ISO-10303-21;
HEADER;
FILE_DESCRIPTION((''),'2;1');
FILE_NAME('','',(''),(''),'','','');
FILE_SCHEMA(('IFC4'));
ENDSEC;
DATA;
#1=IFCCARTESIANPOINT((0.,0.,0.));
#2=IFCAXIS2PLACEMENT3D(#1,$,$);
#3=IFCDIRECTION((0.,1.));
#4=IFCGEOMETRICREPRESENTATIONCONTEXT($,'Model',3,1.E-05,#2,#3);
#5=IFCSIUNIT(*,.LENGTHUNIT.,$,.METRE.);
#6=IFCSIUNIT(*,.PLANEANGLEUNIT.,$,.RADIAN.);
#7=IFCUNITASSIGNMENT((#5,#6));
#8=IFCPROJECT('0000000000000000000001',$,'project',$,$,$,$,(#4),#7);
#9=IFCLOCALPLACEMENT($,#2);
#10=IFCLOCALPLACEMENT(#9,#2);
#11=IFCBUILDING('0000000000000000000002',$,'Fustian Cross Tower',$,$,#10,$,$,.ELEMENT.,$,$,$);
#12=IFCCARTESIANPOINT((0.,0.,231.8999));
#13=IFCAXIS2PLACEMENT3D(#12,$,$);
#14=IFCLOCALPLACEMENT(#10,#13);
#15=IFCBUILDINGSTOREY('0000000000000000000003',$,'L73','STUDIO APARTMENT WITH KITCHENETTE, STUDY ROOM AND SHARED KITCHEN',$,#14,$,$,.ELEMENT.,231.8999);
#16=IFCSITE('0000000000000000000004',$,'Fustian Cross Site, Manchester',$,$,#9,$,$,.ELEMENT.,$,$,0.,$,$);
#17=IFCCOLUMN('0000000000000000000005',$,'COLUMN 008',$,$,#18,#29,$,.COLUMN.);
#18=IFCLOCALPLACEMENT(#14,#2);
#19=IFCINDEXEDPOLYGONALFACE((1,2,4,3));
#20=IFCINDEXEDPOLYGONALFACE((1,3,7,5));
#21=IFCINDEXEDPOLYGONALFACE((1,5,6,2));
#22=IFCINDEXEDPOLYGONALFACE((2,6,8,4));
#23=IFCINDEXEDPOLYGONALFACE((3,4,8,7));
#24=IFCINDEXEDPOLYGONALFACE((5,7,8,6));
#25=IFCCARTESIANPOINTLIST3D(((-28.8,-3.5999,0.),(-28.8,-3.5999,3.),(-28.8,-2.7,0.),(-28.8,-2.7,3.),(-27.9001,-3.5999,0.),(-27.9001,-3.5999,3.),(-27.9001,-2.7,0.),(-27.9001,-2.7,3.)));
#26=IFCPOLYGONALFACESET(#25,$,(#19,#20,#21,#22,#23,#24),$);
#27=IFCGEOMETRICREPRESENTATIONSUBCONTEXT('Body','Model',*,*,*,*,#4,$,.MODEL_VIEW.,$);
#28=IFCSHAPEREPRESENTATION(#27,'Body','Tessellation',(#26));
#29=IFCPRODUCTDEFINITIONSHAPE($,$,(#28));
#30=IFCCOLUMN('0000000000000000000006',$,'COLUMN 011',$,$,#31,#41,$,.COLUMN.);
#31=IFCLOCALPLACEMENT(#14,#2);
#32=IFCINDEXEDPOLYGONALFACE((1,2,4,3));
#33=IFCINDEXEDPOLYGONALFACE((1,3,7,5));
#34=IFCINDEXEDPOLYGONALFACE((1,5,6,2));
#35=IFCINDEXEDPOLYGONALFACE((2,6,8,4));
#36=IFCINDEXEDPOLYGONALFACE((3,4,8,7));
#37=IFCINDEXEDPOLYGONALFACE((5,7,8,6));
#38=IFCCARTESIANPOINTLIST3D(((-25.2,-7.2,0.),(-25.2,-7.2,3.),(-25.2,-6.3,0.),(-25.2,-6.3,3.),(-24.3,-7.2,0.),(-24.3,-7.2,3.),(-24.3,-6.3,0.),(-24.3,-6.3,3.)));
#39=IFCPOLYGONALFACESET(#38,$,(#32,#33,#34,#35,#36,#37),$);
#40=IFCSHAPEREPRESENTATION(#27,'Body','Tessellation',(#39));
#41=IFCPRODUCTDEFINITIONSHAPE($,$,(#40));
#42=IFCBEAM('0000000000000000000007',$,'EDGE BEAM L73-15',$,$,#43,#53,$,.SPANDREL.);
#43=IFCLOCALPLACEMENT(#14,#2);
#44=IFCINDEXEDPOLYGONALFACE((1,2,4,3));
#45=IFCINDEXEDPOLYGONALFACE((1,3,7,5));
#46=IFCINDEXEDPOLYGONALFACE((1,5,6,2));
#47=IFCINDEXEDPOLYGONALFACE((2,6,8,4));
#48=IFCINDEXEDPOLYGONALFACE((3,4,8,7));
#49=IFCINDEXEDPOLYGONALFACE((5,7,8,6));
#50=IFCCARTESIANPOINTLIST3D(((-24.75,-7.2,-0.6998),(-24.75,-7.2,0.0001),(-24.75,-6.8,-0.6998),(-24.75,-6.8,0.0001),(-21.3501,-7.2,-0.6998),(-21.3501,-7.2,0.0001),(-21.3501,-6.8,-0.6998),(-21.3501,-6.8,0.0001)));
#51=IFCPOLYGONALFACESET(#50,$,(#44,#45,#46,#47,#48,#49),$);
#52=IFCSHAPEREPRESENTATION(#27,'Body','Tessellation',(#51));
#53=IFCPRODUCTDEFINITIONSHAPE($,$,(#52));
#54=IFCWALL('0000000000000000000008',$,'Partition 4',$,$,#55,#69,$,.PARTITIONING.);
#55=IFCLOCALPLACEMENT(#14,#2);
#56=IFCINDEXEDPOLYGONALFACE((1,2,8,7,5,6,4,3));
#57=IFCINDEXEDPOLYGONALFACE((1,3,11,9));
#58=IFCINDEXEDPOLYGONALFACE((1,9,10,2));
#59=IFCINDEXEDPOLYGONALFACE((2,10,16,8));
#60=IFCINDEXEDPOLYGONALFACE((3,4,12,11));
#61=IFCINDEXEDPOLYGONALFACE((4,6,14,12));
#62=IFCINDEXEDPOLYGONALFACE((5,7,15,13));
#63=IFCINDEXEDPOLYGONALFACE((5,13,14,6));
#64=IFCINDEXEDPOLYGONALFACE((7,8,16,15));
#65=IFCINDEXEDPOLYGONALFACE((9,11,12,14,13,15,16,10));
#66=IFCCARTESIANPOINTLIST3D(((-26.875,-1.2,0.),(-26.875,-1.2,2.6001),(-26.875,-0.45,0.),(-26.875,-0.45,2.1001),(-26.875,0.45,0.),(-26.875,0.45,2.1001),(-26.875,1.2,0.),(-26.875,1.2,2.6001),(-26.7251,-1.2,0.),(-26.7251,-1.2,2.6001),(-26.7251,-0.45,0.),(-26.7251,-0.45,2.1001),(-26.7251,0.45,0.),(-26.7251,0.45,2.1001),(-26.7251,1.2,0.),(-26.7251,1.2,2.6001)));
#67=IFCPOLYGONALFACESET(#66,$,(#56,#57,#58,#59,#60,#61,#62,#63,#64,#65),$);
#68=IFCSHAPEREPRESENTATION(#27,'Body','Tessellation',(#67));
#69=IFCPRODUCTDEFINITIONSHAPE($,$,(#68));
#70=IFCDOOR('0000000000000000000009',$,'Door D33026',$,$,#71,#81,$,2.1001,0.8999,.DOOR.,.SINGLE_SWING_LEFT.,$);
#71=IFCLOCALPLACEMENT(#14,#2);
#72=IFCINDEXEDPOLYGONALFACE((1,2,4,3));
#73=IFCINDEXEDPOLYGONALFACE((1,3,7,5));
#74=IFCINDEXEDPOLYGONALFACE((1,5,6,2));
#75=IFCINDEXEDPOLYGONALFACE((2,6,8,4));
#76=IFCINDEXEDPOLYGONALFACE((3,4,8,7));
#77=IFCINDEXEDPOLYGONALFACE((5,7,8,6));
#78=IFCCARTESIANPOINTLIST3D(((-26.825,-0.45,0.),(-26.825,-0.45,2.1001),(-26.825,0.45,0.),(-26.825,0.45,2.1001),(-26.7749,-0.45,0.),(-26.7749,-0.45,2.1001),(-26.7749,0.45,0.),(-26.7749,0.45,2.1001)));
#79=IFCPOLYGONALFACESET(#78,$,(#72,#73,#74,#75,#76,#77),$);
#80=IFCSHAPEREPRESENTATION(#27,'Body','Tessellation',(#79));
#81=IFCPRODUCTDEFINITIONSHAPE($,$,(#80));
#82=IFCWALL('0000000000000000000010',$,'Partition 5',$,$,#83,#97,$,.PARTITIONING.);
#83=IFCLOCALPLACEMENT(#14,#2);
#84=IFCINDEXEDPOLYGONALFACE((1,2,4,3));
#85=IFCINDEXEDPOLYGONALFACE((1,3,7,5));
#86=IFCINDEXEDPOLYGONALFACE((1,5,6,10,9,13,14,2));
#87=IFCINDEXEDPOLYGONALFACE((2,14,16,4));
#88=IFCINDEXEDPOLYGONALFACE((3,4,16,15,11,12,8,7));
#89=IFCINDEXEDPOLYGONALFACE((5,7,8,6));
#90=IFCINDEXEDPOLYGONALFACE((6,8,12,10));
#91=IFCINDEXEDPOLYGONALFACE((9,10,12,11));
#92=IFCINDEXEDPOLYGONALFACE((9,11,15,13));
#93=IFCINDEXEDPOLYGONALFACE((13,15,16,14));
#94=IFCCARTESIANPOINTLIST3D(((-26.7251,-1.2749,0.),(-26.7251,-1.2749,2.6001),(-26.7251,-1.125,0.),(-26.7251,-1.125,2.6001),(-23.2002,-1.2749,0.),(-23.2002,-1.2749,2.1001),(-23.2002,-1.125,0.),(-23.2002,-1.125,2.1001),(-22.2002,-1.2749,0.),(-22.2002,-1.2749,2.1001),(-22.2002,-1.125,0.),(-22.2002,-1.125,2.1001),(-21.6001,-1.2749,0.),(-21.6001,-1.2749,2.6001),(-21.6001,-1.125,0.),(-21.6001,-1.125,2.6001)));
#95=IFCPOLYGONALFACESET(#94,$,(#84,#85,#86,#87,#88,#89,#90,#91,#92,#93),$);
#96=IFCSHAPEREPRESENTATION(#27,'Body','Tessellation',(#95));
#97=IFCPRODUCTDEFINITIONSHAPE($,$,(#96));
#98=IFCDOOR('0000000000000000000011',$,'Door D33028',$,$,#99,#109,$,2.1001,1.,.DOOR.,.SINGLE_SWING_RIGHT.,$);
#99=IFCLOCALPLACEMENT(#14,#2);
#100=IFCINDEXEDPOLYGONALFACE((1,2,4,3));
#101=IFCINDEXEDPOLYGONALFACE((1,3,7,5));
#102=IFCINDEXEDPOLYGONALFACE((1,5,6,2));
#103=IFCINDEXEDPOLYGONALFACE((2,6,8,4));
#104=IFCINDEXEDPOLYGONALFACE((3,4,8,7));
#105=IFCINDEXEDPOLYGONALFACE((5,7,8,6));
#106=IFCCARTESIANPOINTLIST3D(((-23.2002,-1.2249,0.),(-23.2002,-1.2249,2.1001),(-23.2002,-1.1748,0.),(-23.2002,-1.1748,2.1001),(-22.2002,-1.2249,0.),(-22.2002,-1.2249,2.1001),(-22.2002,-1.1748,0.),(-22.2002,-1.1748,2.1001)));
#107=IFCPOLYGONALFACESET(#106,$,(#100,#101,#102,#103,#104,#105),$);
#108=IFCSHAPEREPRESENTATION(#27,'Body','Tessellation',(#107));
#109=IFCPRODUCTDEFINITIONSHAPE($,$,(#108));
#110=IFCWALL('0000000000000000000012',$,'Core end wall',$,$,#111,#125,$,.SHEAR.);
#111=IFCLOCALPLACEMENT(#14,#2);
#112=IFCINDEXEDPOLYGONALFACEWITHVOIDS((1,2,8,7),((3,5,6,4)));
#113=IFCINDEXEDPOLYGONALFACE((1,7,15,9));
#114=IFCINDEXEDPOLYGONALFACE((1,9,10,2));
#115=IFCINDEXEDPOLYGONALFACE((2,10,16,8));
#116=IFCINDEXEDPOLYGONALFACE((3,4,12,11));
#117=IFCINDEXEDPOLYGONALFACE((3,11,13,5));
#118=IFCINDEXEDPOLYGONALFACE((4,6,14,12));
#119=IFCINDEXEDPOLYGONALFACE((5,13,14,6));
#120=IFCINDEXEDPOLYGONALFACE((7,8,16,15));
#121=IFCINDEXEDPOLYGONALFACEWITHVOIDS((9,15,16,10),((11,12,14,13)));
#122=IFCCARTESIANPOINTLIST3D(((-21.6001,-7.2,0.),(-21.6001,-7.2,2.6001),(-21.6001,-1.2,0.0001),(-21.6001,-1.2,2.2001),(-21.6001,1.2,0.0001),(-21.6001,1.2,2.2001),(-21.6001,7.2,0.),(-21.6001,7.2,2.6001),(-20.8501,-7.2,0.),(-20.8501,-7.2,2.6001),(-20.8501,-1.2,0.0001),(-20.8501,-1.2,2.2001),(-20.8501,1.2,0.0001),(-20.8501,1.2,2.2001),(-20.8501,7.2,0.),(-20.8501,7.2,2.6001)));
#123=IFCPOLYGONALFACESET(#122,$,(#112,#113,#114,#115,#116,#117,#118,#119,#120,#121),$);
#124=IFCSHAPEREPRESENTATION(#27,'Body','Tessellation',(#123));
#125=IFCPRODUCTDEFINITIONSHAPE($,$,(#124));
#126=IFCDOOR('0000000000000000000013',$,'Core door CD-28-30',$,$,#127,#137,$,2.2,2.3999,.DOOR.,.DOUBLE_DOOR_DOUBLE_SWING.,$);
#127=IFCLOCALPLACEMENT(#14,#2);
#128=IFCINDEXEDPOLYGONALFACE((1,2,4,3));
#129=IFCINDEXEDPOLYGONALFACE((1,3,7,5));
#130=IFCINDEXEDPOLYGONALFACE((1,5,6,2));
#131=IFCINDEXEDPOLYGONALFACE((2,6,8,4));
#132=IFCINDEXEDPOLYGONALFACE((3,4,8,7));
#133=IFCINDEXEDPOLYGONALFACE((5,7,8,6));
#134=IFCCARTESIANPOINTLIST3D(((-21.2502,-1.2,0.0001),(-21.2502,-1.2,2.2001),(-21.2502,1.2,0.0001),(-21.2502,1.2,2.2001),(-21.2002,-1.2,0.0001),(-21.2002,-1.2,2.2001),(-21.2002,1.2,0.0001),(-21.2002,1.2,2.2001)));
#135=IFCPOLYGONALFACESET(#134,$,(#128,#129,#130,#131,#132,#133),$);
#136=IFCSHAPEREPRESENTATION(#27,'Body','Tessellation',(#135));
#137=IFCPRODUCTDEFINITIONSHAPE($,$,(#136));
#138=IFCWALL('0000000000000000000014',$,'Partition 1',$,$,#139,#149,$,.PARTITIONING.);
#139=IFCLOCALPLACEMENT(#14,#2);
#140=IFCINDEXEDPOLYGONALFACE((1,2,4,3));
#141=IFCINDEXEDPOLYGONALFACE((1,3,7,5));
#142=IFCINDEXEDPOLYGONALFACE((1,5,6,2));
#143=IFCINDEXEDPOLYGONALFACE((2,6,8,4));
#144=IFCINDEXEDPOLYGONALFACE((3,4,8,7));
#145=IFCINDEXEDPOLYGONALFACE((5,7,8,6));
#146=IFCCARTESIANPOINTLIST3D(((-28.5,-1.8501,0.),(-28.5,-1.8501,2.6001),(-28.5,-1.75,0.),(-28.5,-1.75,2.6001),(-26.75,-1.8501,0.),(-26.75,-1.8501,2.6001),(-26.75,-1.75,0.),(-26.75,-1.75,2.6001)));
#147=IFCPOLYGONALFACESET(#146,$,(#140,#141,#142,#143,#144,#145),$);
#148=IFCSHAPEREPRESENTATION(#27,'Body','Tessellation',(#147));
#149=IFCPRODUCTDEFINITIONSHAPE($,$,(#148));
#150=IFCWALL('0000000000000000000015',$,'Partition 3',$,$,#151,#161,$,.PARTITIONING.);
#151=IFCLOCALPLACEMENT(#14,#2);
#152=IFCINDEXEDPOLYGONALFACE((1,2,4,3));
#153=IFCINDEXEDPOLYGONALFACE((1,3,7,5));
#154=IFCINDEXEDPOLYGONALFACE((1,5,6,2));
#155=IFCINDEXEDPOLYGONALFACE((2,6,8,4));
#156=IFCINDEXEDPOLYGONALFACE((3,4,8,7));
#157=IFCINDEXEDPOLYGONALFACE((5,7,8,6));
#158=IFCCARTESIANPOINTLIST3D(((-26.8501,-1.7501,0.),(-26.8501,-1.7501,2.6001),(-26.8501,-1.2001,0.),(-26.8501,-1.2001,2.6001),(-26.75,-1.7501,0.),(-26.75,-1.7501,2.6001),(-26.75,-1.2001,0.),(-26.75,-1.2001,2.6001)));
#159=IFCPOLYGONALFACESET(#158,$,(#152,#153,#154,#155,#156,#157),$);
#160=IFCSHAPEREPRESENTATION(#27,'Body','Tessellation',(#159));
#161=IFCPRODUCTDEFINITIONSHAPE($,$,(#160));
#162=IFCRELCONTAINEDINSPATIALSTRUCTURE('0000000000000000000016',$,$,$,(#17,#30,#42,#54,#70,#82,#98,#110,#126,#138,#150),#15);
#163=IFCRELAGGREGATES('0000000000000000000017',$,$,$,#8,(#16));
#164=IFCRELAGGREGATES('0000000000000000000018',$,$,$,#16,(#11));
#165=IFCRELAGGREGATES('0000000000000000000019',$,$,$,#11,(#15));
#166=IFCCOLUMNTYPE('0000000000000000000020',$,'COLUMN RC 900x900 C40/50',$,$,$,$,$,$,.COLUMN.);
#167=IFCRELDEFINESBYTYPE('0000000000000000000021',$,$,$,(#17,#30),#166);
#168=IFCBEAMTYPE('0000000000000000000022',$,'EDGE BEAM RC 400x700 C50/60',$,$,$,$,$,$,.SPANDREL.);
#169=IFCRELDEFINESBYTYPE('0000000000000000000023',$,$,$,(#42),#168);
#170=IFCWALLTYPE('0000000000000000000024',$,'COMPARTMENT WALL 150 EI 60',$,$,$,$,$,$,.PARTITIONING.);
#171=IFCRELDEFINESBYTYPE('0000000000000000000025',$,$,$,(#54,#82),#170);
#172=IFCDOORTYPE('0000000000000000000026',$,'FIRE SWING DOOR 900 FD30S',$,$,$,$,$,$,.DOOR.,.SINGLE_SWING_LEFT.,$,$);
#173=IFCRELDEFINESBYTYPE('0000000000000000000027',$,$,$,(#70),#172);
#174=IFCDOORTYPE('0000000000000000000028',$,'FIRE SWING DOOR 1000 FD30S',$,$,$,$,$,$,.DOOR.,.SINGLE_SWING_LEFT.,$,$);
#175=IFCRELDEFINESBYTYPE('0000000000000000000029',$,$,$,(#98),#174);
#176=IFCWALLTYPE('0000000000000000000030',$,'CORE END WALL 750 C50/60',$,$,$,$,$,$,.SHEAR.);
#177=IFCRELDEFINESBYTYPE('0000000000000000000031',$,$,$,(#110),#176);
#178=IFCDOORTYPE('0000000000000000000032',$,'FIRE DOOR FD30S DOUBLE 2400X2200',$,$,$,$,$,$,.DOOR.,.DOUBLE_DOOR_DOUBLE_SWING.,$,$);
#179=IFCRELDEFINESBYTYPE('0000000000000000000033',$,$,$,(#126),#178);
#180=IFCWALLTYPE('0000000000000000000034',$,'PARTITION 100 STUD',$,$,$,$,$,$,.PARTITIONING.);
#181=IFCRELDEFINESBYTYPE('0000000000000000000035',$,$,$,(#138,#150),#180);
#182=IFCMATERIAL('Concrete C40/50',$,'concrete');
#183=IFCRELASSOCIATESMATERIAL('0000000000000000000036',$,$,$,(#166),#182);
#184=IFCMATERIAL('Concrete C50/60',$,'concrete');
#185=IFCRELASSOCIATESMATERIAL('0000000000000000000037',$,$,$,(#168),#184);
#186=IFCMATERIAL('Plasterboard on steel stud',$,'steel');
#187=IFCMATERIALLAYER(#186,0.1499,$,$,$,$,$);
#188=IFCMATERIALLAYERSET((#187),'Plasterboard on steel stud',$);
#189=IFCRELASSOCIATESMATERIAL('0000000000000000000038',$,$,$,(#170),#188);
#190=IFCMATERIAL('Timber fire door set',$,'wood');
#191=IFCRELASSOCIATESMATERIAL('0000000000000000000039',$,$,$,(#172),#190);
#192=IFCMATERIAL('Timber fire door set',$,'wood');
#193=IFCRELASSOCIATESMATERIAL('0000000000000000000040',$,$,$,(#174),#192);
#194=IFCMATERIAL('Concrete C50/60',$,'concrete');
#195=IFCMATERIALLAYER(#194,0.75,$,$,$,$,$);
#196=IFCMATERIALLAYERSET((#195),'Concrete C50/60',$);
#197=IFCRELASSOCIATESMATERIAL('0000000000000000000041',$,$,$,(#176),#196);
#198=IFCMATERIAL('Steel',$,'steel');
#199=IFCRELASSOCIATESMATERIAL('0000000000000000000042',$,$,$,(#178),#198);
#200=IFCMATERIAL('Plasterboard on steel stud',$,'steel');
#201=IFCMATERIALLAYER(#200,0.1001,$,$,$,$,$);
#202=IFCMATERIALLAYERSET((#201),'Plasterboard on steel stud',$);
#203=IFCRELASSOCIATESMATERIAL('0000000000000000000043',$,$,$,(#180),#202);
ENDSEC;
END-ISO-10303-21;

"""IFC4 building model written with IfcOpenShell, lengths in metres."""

from ifc_helpers import new_model, si_unit, direction, frame, frame_2d, origin, origin_2d, place, context, subcontext, project, spatial, rectangle, extrude, material, layer, layer_set, material_profile, profile_set, type_object, element, fill, save


model = new_model("IFC4")

# Units and contexts
model_context = context("Model", 3, precision=1e-05, world=origin(), true_north=direction((0.0, 1.0)))
body_context = subcontext(model_context, "Body", "Model", "MODEL_VIEW")
ifc_project = project(units=[si_unit("LENGTHUNIT", "METRE"), si_unit("PLANEANGLEUNIT", "RADIAN")], contexts=[model_context])

# Site, building, storey
site_placement = place(None, origin())
site = spatial("IfcSite", under=ifc_project, at=site_placement, Name="Fustian Cross Site, Manchester", CompositionType="ELEMENT", RefElevation=0.0)
building_placement = place(site_placement, origin())
building = spatial("IfcBuilding", under=site, at=building_placement, Name="Fustian Cross Tower", CompositionType="ELEMENT")
storey_placement = place(building_placement, frame((0.0, 0.0, 231.8999)))
storey = spatial("IfcBuildingStorey", under=building, at=storey_placement, Name="L73", Description="STUDIO APARTMENT WITH KITCHENETTE, STUDY ROOM AND SHARED KITCHEN", CompositionType="ELEMENT", Elevation=231.8999)

# Columns
ifc_material_1 = material(Name="Concrete C40/50", Category="concrete")
ifc_material_profile_1 = material_profile(ifc_material_1, rectangle(XDim=0.8999, YDim=0.8999, at=origin_2d()), Name="RC 900x900")
ifc_profile_set_1 = profile_set([ifc_material_profile_1], Name="Concrete C40/50")
column_type = type_object("IfcColumnType", Name="COLUMN RC 900x900 C40/50", PredefinedType="COLUMN", material=ifc_profile_set_1)
for number, where, z_axis, x_axis, name in (
    (1, (-28.3501, -3.1499, 0.0), (0.0, 0.0, 1.0), (1.0, 0.0, 0.0), "COLUMN 008"),
    (2, (-24.75, -6.75, 0.0), (0.0, 0.0, 1.0), (1.0, 0.0, 0.0), "COLUMN 011"),
):
    element("IfcColumn", number, at=place(storey_placement, frame(where, z_axis=z_axis, x_axis=x_axis)), inside=storey, type_object=column_type, Name=name, PredefinedType="COLUMN", context=body_context, shape_type="SweptSolid", body=[
        extrude(rectangle(XDim=0.8999, YDim=0.8999, at=origin_2d()), origin(), (0.0, 0.0, 1.0), 3.0),
    ])

# Beam
ifc_material_2 = material(Name="Concrete C50/60", Category="concrete")
ifc_material_profile_2 = material_profile(ifc_material_2, rectangle(XDim=0.3999, YDim=0.7, at=origin_2d()), Name="RC 400x700")
ifc_profile_set_2 = profile_set([ifc_material_profile_2], Name="Concrete C50/60")
beam_type = type_object("IfcBeamType", Name="EDGE BEAM RC 400x700 C50/60", PredefinedType="SPANDREL", material=ifc_profile_set_2)
beam_placement = place(storey_placement, frame((-24.75, -7.0, -0.3499), z_axis=(1.0, 0.0, 0.0), x_axis=(0.0, 1.0, 0.0)))
element("IfcBeam", 3, at=beam_placement, inside=storey, type_object=beam_type, Name="EDGE BEAM L73-15", PredefinedType="SPANDREL", context=body_context, shape_type="SweptSolid", body=[
    extrude(rectangle(XDim=0.3999, YDim=0.7, at=origin_2d()), origin(), (0.0, 0.0, 1.0), 3.3999),
])

# Walls, openings, doors
ifc_material_3 = material(Name="Plasterboard on steel stud", Category="steel")
ifc_layer_1 = layer(ifc_material_3, 0.1499)
ifc_layer_set_1 = layer_set([ifc_layer_1], Name="Plasterboard on steel stud")
wall_type_1 = type_object("IfcWallType", Name="COMPARTMENT WALL 150 EI 60", PredefinedType="PARTITIONING", material=ifc_layer_set_1)
wall_1_placement = place(storey_placement, frame((-26.8, -1.2, 0.0), z_axis=(0.0, 0.0, 1.0), x_axis=(0.0, 1.0, 0.0)))
wall_1 = element("IfcWall", 4, at=wall_1_placement, inside=storey, type_object=wall_type_1, Name="Partition 4", PredefinedType="PARTITIONING", context=body_context, shape_type="SweptSolid", body=[
    extrude(rectangle(XDim=2.3999, YDim=0.1499, at=frame_2d((1.2, 0.0))), origin(), (0.0, 0.0, 1.0), 2.6001),
])
opening_1_placement = place(wall_1_placement, frame((0.75, 0.0, 0.0)))
opening_1 = element("IfcOpeningElement", 5, at=opening_1_placement, cuts=wall_1, PredefinedType="OPENING", context=body_context, shape_type="SweptSolid", body=[
    extrude(rectangle(XDim=0.8999, YDim=2.1001, at=frame_2d((0.45, 1.05))), frame((0.0, 0.085, 0.0), z_axis=(0.0, -1.0, 0.0), x_axis=(1.0, 0.0, 0.0)), (0.0, 0.0, 1.0), 0.1699),
])
ifc_material_4 = material(Name="Timber fire door set", Category="wood")
door_type_1 = type_object("IfcDoorType", Name="FIRE SWING DOOR 900 FD30S", OperationType="SINGLE_SWING_LEFT", PredefinedType="DOOR", material=ifc_material_4)
door_1_placement = place(opening_1_placement, origin())
door_1 = element("IfcDoor", 6, at=door_1_placement, inside=storey, type_object=door_type_1, Name="Door D33026", OperationType="SINGLE_SWING_LEFT", OverallHeight=2.1001, OverallWidth=0.8999, PredefinedType="DOOR", context=body_context, shape_type="SweptSolid", body=[
    extrude(rectangle(XDim=0.8999, YDim=2.1001, at=frame_2d((0.45, 1.05))), frame((0.0, 0.0249, 0.0), z_axis=(0.0, -1.0, 0.0), x_axis=(1.0, 0.0, 0.0)), (0.0, 0.0, 1.0), 0.05),
])
fill(opening_1, door_1)
wall_2_placement = place(storey_placement, frame((-26.7251, -1.2, 0.0), z_axis=(0.0, 0.0, 1.0), x_axis=(1.0, 0.0, 0.0)))
wall_2 = element("IfcWall", 7, at=wall_2_placement, inside=storey, type_object=wall_type_1, Name="Partition 5", PredefinedType="PARTITIONING", context=body_context, shape_type="SweptSolid", body=[
    extrude(rectangle(XDim=5.125, YDim=0.1499, at=frame_2d((2.5625, 0.0))), origin(), (0.0, 0.0, 1.0), 2.6001),
])
opening_2_placement = place(wall_2_placement, frame((3.5249, 0.0, 0.0)))
opening_2 = element("IfcOpeningElement", 8, at=opening_2_placement, cuts=wall_2, PredefinedType="OPENING", context=body_context, shape_type="SweptSolid", body=[
    extrude(rectangle(XDim=1.0, YDim=2.1001, at=frame_2d((0.5, 1.05))), frame((0.0, 0.085, 0.0), z_axis=(0.0, -1.0, 0.0), x_axis=(1.0, 0.0, 0.0)), (0.0, 0.0, 1.0), 0.1699),
])
ifc_material_5 = material(Name="Timber fire door set", Category="wood")
door_type_2 = type_object("IfcDoorType", Name="FIRE SWING DOOR 1000 FD30S", OperationType="SINGLE_SWING_LEFT", PredefinedType="DOOR", material=ifc_material_5)
door_2_placement = place(opening_2_placement, frame((1.0, 0.0, 0.0), z_axis=(0.0, 0.0, 1.0), x_axis=(-1.0, 0.0, 0.0)))
door_2 = element("IfcDoor", 9, at=door_2_placement, inside=storey, type_object=door_type_2, Name="Door D33028", OperationType="SINGLE_SWING_RIGHT", OverallHeight=2.1001, OverallWidth=1.0, PredefinedType="DOOR", context=body_context, shape_type="SweptSolid", body=[
    extrude(rectangle(XDim=1.0, YDim=2.1001, at=frame_2d((0.5, 1.05))), frame((0.0, 0.0249, 0.0), z_axis=(0.0, -1.0, 0.0), x_axis=(1.0, 0.0, 0.0)), (0.0, 0.0, 1.0), 0.05),
])
fill(opening_2, door_2)
ifc_material_6 = material(Name="Concrete C50/60", Category="concrete")
ifc_layer_2 = layer(ifc_material_6, 0.75)
ifc_layer_set_2 = layer_set([ifc_layer_2], Name="Concrete C50/60")
wall_type_2 = type_object("IfcWallType", Name="CORE END WALL 750 C50/60", PredefinedType="SHEAR", material=ifc_layer_set_2)
wall_3_placement = place(storey_placement, frame((-21.2251, -7.2, 0.0), z_axis=(0.0, 0.0, 1.0), x_axis=(0.0, 1.0, 0.0)))
wall_3 = element("IfcWall", 10, at=wall_3_placement, inside=storey, type_object=wall_type_2, Name="Core end wall", PredefinedType="SHEAR", context=body_context, shape_type="SweptSolid", body=[
    extrude(rectangle(XDim=14.3999, YDim=0.75, at=frame_2d((7.2, 0.0))), origin(), (0.0, 0.0, 1.0), 2.6001),
])
opening_3_placement = place(wall_3_placement, frame((6.0, 0.0, 0.0)))
opening_3 = element("IfcOpeningElement", 11, at=opening_3_placement, cuts=wall_3, PredefinedType="OPENING", context=body_context, shape_type="SweptSolid", body=[
    extrude(rectangle(XDim=2.3999, YDim=2.2, at=frame_2d((1.2, 1.1001))), frame((0.0, 0.385, 0.0), z_axis=(0.0, -1.0, 0.0), x_axis=(1.0, 0.0, 0.0)), (0.0, 0.0, 1.0), 0.77),
])
ifc_material_7 = material(Name="Steel", Category="steel")
door_type_3 = type_object("IfcDoorType", Name="FIRE DOOR FD30S DOUBLE 2400X2200", OperationType="DOUBLE_DOOR_DOUBLE_SWING", PredefinedType="DOOR", material=ifc_material_7)
door_3_placement = place(opening_3_placement, frame((2.3999, 0.0, 0.0), z_axis=(0.0, 0.0, 1.0), x_axis=(-1.0, 0.0, 0.0)))
door_3 = element("IfcDoor", 12, at=door_3_placement, inside=storey, type_object=door_type_3, Name="Core door CD-28-30", OperationType="DOUBLE_DOOR_DOUBLE_SWING", OverallHeight=2.2, OverallWidth=2.3999, PredefinedType="DOOR", context=body_context, shape_type="SweptSolid", body=[
    extrude(rectangle(XDim=2.3999, YDim=2.2, at=frame_2d((1.2, 1.1001))), frame((0.0, 0.0249, 0.0), z_axis=(0.0, -1.0, 0.0), x_axis=(1.0, 0.0, 0.0)), (0.0, 0.0, 1.0), 0.05),
])
fill(opening_3, door_3)

# Walls
ifc_material_8 = material(Name="Plasterboard on steel stud", Category="steel")
ifc_layer_3 = layer(ifc_material_8, 0.1001)
ifc_layer_set_3 = layer_set([ifc_layer_3], Name="Plasterboard on steel stud")
wall_type_3 = type_object("IfcWallType", Name="PARTITION 100 STUD", PredefinedType="PARTITIONING", material=ifc_layer_set_3)
wall_4_placement = place(storey_placement, frame((-28.5, -1.8, 0.0), z_axis=(0.0, 0.0, 1.0), x_axis=(1.0, 0.0, 0.0)))
element("IfcWall", 13, at=wall_4_placement, inside=storey, type_object=wall_type_3, Name="Partition 1", PredefinedType="PARTITIONING", context=body_context, shape_type="SweptSolid", body=[
    extrude(rectangle(XDim=1.75, YDim=0.1001, at=frame_2d((0.875, 0.0))), origin(), (0.0, 0.0, 1.0), 2.6001),
])
wall_5_placement = place(storey_placement, frame((-26.8, -1.75, 0.0), z_axis=(0.0, 0.0, 1.0), x_axis=(0.0, 1.0, 0.0)))
element("IfcWall", 14, at=wall_5_placement, inside=storey, type_object=wall_type_3, Name="Partition 3", PredefinedType="PARTITIONING", context=body_context, shape_type="SweptSolid", body=[
    extrude(rectangle(XDim=0.55, YDim=0.1001, at=frame_2d((0.2749, 0.0))), origin(), (0.0, 0.0, 1.0), 2.6001),
])

save(model, "model.ifc")
